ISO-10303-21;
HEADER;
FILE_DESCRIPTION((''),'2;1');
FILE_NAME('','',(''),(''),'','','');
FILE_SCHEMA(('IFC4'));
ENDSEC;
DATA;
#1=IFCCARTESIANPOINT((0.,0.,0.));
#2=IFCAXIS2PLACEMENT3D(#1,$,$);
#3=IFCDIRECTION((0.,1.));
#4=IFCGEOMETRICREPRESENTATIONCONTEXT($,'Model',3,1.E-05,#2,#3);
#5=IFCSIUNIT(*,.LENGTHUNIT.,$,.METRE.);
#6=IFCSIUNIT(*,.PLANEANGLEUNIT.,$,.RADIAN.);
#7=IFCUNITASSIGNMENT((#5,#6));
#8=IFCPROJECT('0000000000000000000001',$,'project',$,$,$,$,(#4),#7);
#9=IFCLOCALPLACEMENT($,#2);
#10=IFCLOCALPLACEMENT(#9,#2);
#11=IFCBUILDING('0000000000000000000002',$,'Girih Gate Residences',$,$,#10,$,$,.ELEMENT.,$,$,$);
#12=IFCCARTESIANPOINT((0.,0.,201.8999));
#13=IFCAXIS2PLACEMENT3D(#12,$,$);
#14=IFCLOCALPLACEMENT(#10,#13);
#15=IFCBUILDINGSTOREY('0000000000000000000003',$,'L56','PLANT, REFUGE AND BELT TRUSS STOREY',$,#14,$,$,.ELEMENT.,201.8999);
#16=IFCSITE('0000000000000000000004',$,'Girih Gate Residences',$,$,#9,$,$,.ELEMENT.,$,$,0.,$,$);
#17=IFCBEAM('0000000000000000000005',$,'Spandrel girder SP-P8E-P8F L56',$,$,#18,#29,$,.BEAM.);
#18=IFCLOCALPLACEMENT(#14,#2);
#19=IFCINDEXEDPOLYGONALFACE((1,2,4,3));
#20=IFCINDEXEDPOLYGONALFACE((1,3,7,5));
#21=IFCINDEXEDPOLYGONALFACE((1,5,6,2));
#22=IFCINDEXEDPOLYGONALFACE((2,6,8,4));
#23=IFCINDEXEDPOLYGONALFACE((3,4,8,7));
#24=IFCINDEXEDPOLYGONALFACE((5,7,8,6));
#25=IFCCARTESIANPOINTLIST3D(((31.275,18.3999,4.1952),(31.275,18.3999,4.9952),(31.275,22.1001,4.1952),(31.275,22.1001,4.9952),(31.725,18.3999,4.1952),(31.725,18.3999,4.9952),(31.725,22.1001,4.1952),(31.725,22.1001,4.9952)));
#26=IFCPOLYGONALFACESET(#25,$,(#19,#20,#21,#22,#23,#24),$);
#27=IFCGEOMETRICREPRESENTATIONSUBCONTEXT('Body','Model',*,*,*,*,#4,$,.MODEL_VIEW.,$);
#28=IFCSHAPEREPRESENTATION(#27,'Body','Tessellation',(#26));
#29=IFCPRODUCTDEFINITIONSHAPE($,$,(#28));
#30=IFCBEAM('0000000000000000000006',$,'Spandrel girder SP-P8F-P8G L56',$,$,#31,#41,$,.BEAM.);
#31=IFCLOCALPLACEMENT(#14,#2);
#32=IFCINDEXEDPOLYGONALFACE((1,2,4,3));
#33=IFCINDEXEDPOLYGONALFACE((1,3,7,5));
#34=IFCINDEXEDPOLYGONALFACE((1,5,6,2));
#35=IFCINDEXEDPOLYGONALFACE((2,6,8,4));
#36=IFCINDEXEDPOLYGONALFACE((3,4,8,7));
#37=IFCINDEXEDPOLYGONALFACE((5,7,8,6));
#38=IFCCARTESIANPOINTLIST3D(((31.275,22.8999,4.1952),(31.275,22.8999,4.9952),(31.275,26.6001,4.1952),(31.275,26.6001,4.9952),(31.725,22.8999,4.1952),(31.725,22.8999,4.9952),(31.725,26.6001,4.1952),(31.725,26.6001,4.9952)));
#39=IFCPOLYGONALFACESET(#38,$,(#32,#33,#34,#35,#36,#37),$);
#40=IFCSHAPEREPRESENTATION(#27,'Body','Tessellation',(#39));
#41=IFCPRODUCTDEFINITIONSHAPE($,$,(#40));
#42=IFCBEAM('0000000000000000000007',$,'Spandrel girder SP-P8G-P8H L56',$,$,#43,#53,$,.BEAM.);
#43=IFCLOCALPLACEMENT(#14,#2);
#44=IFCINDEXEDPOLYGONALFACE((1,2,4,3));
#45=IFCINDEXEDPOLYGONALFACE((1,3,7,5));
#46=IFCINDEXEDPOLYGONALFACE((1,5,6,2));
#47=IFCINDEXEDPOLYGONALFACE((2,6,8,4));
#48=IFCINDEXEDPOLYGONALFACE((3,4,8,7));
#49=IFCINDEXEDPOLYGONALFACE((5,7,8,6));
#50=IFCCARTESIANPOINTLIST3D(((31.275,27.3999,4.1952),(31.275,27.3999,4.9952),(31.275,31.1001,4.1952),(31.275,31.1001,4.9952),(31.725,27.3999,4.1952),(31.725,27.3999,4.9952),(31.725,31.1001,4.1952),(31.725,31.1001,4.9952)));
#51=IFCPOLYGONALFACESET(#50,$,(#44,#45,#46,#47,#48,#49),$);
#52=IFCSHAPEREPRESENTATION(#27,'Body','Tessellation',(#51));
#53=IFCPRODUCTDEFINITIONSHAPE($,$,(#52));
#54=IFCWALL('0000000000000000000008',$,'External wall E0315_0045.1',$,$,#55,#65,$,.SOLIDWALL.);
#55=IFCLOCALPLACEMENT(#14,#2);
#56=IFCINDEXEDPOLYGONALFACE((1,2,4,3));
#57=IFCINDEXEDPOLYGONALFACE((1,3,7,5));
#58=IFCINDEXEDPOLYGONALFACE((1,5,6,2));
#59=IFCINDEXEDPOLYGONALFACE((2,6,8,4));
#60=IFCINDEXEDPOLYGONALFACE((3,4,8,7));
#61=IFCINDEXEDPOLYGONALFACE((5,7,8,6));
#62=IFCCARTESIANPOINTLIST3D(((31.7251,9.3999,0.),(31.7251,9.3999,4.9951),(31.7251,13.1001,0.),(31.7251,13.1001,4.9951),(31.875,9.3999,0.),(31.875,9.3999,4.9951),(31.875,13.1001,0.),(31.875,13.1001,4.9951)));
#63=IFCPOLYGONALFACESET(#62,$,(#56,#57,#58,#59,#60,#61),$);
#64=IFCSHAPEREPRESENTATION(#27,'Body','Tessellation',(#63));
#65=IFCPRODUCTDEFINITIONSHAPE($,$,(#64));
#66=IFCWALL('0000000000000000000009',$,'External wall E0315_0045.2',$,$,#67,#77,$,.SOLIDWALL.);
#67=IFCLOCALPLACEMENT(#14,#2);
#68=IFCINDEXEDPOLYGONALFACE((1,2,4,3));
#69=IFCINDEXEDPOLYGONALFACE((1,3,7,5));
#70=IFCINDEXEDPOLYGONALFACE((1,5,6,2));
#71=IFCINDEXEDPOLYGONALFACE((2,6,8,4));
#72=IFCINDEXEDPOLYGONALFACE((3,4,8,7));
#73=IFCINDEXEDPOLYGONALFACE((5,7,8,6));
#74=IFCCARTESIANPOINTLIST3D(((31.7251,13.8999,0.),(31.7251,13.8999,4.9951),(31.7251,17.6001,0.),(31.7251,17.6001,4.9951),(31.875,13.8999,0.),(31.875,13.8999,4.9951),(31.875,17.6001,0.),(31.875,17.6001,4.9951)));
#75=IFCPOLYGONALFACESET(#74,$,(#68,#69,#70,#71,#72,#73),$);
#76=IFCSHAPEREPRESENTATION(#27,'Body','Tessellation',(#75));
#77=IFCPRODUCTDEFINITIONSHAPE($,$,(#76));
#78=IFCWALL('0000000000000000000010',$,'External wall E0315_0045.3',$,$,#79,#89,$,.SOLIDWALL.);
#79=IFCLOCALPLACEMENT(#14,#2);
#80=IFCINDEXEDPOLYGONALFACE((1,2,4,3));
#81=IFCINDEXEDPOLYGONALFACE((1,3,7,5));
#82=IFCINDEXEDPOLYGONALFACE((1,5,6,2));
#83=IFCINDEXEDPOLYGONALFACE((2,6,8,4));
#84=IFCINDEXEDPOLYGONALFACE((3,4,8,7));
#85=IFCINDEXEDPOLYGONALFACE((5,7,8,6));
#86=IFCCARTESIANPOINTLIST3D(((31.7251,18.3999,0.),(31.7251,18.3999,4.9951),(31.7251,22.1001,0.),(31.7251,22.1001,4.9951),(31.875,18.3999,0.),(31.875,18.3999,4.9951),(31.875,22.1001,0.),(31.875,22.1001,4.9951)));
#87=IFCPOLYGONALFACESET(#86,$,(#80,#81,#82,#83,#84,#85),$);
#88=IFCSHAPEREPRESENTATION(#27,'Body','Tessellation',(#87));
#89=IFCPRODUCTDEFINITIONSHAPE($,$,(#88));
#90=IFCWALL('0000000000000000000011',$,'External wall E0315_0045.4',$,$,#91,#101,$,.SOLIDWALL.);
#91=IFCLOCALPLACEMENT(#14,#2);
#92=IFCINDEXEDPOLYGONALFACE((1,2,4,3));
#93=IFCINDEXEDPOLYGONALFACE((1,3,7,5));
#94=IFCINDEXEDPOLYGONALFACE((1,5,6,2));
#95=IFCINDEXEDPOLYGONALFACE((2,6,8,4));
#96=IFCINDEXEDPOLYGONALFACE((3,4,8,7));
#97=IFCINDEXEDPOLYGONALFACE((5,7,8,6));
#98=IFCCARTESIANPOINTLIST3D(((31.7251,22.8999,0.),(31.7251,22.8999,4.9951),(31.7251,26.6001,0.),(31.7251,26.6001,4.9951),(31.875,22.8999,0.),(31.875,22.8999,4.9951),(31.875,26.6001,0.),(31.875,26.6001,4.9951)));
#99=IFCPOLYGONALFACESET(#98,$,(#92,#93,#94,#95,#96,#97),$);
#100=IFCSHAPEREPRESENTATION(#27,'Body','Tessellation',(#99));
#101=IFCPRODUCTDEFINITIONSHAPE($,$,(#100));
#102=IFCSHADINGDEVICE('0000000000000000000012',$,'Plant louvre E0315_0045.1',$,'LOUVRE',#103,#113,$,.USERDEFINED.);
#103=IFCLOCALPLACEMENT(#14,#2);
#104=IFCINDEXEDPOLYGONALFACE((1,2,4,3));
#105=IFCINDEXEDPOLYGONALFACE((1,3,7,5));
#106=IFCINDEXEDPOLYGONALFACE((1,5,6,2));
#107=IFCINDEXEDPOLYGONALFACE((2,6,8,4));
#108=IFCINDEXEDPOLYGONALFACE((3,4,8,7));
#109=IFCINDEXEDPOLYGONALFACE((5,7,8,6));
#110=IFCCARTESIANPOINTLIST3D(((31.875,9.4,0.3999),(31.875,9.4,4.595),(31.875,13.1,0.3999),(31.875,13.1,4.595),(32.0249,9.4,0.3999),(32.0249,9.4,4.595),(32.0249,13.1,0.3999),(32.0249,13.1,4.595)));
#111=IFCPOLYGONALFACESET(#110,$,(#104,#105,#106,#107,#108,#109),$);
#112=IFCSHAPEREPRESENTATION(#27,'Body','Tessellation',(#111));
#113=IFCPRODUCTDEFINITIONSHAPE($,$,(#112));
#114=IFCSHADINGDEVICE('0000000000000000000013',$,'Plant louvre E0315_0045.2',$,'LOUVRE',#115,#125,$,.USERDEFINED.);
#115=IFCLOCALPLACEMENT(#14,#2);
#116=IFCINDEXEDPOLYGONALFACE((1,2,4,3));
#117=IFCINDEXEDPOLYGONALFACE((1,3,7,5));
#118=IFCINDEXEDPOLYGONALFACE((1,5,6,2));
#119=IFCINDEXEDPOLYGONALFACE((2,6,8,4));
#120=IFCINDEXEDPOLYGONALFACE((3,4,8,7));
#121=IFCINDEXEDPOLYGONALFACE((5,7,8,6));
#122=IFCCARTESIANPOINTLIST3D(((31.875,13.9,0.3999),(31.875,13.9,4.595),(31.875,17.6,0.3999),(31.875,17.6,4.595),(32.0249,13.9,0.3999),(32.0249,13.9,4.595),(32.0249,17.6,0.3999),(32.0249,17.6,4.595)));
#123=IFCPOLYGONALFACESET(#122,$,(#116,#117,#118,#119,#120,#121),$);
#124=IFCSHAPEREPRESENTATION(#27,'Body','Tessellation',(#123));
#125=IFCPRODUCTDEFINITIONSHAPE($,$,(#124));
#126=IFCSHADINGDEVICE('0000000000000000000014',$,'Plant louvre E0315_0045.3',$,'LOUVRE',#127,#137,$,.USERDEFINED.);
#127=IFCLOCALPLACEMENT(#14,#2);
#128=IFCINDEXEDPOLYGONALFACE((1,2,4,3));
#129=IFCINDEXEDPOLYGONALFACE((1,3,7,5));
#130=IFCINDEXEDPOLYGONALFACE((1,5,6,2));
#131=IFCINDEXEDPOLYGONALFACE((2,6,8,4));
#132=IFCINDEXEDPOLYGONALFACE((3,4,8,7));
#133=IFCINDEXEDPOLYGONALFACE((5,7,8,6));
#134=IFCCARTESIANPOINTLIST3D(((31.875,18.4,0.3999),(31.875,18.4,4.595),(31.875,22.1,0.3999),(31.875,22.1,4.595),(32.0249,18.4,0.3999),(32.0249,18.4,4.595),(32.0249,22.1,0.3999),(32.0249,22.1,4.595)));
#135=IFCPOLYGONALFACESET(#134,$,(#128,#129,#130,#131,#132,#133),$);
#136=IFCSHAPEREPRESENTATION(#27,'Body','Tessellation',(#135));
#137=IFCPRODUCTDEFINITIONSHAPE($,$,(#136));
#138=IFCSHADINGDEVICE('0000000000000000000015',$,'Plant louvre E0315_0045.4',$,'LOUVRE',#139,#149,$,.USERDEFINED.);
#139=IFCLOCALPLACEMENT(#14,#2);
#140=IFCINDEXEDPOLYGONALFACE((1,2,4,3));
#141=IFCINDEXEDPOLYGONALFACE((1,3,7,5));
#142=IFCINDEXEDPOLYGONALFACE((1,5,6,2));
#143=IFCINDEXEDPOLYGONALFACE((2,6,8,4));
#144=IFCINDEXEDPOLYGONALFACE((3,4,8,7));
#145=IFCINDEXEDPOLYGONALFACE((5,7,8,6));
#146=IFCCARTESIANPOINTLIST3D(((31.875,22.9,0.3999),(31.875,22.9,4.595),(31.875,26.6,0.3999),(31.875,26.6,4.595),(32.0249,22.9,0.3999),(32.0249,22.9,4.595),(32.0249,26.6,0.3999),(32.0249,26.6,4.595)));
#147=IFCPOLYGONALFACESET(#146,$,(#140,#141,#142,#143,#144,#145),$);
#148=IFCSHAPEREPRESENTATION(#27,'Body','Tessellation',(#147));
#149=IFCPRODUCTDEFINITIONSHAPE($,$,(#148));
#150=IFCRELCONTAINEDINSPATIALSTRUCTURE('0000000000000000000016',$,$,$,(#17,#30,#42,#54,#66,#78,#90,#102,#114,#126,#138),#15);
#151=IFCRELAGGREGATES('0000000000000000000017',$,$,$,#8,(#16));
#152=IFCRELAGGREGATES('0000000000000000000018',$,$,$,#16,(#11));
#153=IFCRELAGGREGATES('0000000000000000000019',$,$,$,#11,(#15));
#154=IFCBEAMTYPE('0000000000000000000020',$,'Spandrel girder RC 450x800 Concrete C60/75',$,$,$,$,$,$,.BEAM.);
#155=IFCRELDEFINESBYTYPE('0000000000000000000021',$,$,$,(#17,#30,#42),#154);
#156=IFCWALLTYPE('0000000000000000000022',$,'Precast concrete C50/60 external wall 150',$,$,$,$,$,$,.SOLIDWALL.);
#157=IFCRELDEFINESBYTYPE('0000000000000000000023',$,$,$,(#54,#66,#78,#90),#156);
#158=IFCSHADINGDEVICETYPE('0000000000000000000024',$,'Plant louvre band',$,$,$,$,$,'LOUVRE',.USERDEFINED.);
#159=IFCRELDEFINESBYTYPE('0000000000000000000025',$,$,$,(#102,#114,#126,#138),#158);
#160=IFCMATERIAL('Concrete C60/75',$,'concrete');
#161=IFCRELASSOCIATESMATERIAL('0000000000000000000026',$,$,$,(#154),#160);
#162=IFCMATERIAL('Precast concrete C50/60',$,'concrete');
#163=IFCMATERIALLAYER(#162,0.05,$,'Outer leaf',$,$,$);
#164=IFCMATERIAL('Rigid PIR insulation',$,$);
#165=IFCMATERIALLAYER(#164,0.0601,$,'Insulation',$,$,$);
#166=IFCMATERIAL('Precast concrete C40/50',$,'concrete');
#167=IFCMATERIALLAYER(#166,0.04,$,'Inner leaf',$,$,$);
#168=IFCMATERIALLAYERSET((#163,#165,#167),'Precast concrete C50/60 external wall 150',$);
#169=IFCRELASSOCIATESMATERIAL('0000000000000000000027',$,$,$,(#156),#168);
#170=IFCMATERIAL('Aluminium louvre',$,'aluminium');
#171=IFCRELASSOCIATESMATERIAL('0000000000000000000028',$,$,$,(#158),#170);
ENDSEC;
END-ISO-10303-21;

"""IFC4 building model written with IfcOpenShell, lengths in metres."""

from ifc_helpers import new_model, si_unit, direction, frame, frame_2d, origin, origin_2d, place, context, subcontext, project, spatial, rectangle, extrude, material, layer, layer_set, material_profile, profile_set, type_object, element, save


model = new_model("IFC4")

# Units and contexts
model_context = context("Model", 3, precision=1e-05, world=origin(), true_north=direction((0.0, 1.0)))
body_context = subcontext(model_context, "Body", "Model", "MODEL_VIEW")
ifc_project = project(units=[si_unit("LENGTHUNIT", "METRE"), si_unit("PLANEANGLEUNIT", "RADIAN")], contexts=[model_context])

# Site, building, storey
site_placement = place(None, origin())
site = spatial("IfcSite", under=ifc_project, at=site_placement, Name="Girih Gate Residences", CompositionType="ELEMENT", RefElevation=0.0)
building_placement = place(site_placement, origin())
building = spatial("IfcBuilding", under=site, at=building_placement, Name="Girih Gate Residences", CompositionType="ELEMENT")
storey_placement = place(building_placement, frame((0.0, 0.0, 201.8999)))
storey = spatial("IfcBuildingStorey", under=building, at=storey_placement, Name="L56", Description="PLANT, REFUGE AND BELT TRUSS STOREY", CompositionType="ELEMENT", Elevation=201.8999)

# Shared definitions
ifc_material_1 = material(Name="Concrete C60/75", Category="concrete")

# Beams
ifc_material_profile_1 = material_profile(ifc_material_1, rectangle(XDim=0.45, YDim=0.8, at=origin_2d()))
ifc_profile_set_1 = profile_set([ifc_material_profile_1], Name="Concrete C60/75")
beam_type = type_object("IfcBeamType", Name="Spandrel girder RC 450x800 Concrete C60/75", PredefinedType="BEAM", material=ifc_profile_set_1)
for number, where, z_axis, x_axis, name in (
    (1, (31.5, 18.3999, 4.5952), (0.0, 1.0, 0.0), (-1.0, 0.0, 0.0), "Spandrel girder SP-P8E-P8F L56"),
    (2, (31.5, 22.8999, 4.5952), (0.0, 1.0, 0.0), (-1.0, 0.0, 0.0), "Spandrel girder SP-P8F-P8G L56"),
    (3, (31.5, 27.3999, 4.5952), (0.0, 1.0, 0.0), (-1.0, 0.0, 0.0), "Spandrel girder SP-P8G-P8H L56"),
):
    element("IfcBeam", number, at=place(storey_placement, frame(where, z_axis=z_axis, x_axis=x_axis)), inside=storey, type_object=beam_type, Name=name, PredefinedType="BEAM", context=body_context, shape_type="SweptSolid", body=[
        extrude(rectangle(XDim=0.45, YDim=0.8, at=origin_2d()), origin(), (0.0, 0.0, 1.0), 3.7002),
    ])

# Walls
ifc_material_2 = material(Name="Precast concrete C50/60", Category="concrete")
ifc_layer_1 = layer(ifc_material_2, 0.05, Name="Outer leaf")
ifc_material_3 = material(Name="Rigid PIR insulation")
ifc_layer_2 = layer(ifc_material_3, 0.0601, Name="Insulation")
ifc_material_4 = material(Name="Precast concrete C40/50", Category="concrete")
ifc_layer_3 = layer(ifc_material_4, 0.04, Name="Inner leaf")
ifc_layer_set = layer_set([ifc_layer_1, ifc_layer_2, ifc_layer_3], Name="Precast concrete C50/60 external wall 150")
wall_type = type_object("IfcWallType", Name="Precast concrete C50/60 external wall 150", PredefinedType="SOLIDWALL", material=ifc_layer_set)
for number, where, z_axis, x_axis, name in (
    (4, (31.8, 13.1001, 0.0), (0.0, 0.0, 1.0), (0.0, -1.0, 0.0), "External wall E0315_0045.1"),
    (5, (31.8, 17.6001, 0.0), (0.0, 0.0, 1.0), (0.0, -1.0, 0.0), "External wall E0315_0045.2"),
    (6, (31.8, 22.1001, 0.0), (0.0, 0.0, 1.0), (0.0, -1.0, 0.0), "External wall E0315_0045.3"),
    (7, (31.8, 26.6001, 0.0), (0.0, 0.0, 1.0), (0.0, -1.0, 0.0), "External wall E0315_0045.4"),
):
    element("IfcWall", number, at=place(storey_placement, frame(where, z_axis=z_axis, x_axis=x_axis)), inside=storey, type_object=wall_type, Name=name, PredefinedType="SOLIDWALL", context=body_context, shape_type="SweptSolid", body=[
        extrude(rectangle(XDim=3.7002, YDim=0.1499, at=frame_2d((1.8501, 0.0))), origin(), (0.0, 0.0, 1.0), 4.9951),
    ])

# Shading devices
ifc_material_5 = material(Name="Aluminium louvre", Category="aluminium")
shading_device_type = type_object("IfcShadingDeviceType", Name="Plant louvre band", ElementType="LOUVRE", PredefinedType="USERDEFINED", material=ifc_material_5)
for number, where, z_axis, x_axis, name in (
    (8, (31.95, 11.25, 0.3999), (0.0, 0.0, 1.0), (0.0, 1.0, 0.0), "Plant louvre E0315_0045.1"),
    (9, (31.95, 15.75, 0.3999), (0.0, 0.0, 1.0), (0.0, 1.0, 0.0), "Plant louvre E0315_0045.2"),
    (10, (31.95, 20.25, 0.3999), (0.0, 0.0, 1.0), (0.0, 1.0, 0.0), "Plant louvre E0315_0045.3"),
    (11, (31.95, 24.75, 0.3999), (0.0, 0.0, 1.0), (0.0, 1.0, 0.0), "Plant louvre E0315_0045.4"),
):
    element("IfcShadingDevice", number, at=place(storey_placement, frame(where, z_axis=z_axis, x_axis=x_axis)), inside=storey, type_object=shading_device_type, Name=name, ObjectType="LOUVRE", PredefinedType="USERDEFINED", context=body_context, shape_type="SweptSolid", body=[
        extrude(rectangle(XDim=3.7, YDim=0.1499, at=origin_2d()), origin(), (0.0, 0.0, 1.0), 4.1951),
    ])

save(model, "model.ifc")
